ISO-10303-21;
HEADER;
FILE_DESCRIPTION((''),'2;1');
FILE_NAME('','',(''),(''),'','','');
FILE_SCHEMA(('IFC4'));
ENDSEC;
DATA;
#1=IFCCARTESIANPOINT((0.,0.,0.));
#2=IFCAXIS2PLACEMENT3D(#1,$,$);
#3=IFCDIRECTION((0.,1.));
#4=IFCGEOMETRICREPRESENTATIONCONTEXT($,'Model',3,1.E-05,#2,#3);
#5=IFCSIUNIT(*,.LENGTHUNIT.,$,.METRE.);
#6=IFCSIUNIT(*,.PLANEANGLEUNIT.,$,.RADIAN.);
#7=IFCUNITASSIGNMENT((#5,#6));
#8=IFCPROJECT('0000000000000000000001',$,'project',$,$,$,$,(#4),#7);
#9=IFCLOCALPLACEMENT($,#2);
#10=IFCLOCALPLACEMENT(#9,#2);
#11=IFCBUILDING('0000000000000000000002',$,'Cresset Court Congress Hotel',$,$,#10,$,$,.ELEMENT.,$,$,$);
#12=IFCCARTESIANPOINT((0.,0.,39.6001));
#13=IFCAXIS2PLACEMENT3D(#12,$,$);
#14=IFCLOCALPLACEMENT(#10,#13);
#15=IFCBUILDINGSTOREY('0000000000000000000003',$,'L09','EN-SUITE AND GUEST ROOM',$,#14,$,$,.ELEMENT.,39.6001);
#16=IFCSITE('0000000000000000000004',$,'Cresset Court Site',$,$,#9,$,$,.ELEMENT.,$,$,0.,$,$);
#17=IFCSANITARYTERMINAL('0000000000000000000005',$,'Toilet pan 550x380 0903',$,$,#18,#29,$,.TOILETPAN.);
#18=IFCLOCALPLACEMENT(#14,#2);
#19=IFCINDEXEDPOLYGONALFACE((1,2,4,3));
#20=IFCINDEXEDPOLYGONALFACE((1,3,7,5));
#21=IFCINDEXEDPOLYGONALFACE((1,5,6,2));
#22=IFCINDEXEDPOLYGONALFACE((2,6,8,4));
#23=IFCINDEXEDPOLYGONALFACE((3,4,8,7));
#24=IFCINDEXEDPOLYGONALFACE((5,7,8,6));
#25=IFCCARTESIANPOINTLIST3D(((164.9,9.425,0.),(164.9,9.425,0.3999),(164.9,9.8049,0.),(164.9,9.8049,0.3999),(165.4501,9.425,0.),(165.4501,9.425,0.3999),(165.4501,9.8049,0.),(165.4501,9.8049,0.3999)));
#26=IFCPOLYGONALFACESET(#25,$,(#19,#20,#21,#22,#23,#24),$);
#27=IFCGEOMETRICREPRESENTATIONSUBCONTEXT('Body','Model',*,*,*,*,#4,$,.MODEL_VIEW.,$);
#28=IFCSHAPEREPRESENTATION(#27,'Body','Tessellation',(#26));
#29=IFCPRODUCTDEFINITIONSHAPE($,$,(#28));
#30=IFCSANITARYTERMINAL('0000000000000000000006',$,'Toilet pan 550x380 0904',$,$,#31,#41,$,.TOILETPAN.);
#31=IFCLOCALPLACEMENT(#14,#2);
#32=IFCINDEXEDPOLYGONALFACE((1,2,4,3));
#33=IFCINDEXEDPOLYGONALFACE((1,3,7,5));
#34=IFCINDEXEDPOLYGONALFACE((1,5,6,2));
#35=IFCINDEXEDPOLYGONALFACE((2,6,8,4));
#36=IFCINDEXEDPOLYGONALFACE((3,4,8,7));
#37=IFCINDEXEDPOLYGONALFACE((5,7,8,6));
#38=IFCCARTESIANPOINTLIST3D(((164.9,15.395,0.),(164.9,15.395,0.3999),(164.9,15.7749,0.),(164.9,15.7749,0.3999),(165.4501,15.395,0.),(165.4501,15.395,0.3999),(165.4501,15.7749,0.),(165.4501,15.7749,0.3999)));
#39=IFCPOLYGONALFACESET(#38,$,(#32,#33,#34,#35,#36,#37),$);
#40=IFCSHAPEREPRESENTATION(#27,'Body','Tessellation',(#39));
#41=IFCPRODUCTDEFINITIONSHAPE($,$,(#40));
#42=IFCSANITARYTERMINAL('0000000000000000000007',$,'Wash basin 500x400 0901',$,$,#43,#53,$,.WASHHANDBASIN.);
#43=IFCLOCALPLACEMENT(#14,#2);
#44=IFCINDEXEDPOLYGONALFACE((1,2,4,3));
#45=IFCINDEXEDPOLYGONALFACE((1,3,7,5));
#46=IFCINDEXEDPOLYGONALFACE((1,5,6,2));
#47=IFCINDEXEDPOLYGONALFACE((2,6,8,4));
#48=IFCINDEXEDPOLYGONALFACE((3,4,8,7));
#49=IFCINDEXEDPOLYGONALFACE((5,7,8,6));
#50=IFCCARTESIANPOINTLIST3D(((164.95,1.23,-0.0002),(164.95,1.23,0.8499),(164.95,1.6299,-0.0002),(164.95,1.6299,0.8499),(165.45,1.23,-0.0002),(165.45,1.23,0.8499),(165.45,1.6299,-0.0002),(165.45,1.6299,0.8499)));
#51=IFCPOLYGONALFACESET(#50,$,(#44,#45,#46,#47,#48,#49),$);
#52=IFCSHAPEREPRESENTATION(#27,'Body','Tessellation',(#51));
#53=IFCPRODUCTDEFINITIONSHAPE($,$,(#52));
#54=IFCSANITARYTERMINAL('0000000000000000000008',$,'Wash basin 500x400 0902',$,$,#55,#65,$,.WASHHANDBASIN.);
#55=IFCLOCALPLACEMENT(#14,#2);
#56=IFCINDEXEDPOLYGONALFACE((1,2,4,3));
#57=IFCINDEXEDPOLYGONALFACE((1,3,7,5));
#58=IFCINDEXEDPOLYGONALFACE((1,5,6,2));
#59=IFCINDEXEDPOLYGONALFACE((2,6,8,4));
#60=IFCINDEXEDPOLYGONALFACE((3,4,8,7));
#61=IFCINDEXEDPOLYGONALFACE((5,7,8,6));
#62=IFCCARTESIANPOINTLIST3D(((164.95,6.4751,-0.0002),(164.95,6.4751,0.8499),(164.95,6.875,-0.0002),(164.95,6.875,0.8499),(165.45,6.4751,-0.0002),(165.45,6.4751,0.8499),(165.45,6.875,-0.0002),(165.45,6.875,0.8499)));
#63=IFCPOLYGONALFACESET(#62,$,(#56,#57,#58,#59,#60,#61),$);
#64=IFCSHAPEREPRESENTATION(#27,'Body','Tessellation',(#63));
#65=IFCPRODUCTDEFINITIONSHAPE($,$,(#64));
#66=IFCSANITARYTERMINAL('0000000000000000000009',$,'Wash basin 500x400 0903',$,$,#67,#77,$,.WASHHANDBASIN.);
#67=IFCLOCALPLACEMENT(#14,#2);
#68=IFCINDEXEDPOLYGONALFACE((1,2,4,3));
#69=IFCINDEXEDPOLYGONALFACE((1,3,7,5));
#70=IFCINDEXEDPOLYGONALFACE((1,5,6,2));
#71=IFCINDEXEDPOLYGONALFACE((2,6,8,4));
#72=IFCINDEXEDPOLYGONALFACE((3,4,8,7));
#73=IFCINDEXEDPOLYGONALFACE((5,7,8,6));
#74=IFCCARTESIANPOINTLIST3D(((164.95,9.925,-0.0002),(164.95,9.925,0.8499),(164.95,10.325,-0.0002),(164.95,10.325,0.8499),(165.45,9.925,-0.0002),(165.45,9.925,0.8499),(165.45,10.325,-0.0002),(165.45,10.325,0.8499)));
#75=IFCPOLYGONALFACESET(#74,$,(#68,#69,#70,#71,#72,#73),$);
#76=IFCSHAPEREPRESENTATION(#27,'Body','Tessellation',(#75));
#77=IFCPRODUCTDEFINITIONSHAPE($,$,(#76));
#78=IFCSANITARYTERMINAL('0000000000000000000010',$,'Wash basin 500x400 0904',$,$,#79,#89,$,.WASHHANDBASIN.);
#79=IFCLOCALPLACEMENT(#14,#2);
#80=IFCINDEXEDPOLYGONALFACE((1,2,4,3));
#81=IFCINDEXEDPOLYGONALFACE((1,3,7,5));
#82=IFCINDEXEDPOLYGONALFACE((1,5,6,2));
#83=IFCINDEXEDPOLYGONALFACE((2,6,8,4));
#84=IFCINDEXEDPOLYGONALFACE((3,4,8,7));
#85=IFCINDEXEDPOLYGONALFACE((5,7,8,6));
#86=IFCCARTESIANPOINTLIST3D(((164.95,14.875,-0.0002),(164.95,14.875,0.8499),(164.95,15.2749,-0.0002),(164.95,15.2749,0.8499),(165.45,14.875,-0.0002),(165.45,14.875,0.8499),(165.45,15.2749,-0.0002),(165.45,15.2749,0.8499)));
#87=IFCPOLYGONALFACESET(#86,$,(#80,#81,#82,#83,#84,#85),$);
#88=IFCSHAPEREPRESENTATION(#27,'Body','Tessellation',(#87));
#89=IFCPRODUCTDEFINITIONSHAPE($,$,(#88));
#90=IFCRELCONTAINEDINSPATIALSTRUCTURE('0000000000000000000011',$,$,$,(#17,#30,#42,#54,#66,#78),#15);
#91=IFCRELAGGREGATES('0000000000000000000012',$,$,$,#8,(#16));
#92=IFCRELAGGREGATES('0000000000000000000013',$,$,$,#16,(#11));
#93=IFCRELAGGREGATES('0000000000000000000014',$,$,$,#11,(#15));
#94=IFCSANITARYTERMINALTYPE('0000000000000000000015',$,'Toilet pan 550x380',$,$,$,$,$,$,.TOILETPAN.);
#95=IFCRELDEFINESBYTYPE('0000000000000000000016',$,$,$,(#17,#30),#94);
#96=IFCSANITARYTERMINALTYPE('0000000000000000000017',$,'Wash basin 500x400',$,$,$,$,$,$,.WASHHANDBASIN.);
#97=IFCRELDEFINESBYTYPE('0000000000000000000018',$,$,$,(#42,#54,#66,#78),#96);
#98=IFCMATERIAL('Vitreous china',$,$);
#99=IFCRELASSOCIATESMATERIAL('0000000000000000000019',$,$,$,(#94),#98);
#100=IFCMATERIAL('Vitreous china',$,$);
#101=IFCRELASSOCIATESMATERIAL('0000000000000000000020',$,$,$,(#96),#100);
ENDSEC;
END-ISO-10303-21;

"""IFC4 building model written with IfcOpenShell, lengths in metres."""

from ifc_helpers import new_model, si_unit, direction, frame, origin, origin_2d, place, context, subcontext, project, spatial, rectangle, extrude, material, type_object, element, save


model = new_model("IFC4")

# Units and contexts
model_context = context("Model", 3, precision=1e-05, world=origin(), true_north=direction((0.0, 1.0)))
body_context = subcontext(model_context, "Body", "Model", "MODEL_VIEW")
ifc_project = project(units=[si_unit("LENGTHUNIT", "METRE"), si_unit("PLANEANGLEUNIT", "RADIAN")], contexts=[model_context])

# Site, building, storey
site_placement = place(None, origin())
site = spatial("IfcSite", under=ifc_project, at=site_placement, Name="Cresset Court Site", CompositionType="ELEMENT", RefElevation=0.0)
building_placement = place(site_placement, origin())
building = spatial("IfcBuilding", under=site, at=building_placement, Name="Cresset Court Congress Hotel", CompositionType="ELEMENT")
storey_placement = place(building_placement, frame((0.0, 0.0, 39.6001)))
storey = spatial("IfcBuildingStorey", under=building, at=storey_placement, Name="L09", Description="EN-SUITE AND GUEST ROOM", CompositionType="ELEMENT", Elevation=39.6001)

# Sanitary terminals
ifc_material_1 = material(Name="Vitreous china")
sanitary_terminal_type_1 = type_object("IfcSanitaryTerminalType", Name="Toilet pan 550x380", PredefinedType="TOILETPAN", material=ifc_material_1)
for number, where, z_axis, x_axis, name in (
    (1, (165.175, 9.615, 0.0), (0.0, 0.0, 1.0), (1.0, 0.0, 0.0), "Toilet pan 550x380 0903"),
    (2, (165.175, 15.585, 0.0), (0.0, 0.0, 1.0), (1.0, 0.0, 0.0), "Toilet pan 550x380 0904"),
):
    element("IfcSanitaryTerminal", number, at=place(storey_placement, frame(where, z_axis=z_axis, x_axis=x_axis)), inside=storey, type_object=sanitary_terminal_type_1, Name=name, PredefinedType="TOILETPAN", context=body_context, shape_type="SweptSolid", body=[
        extrude(rectangle(XDim=0.55, YDim=0.3799, at=origin_2d()), origin(), (0.0, 0.0, 1.0), 0.3999),
    ])
ifc_material_2 = material(Name="Vitreous china")
sanitary_terminal_type_2 = type_object("IfcSanitaryTerminalType", Name="Wash basin 500x400", PredefinedType="WASHHANDBASIN", material=ifc_material_2)
for number, where, z_axis, x_axis, name in (
    (3, (165.2, 1.4299, -0.0002), (0.0, 0.0, 1.0), (1.0, 0.0, 0.0), "Wash basin 500x400 0901"),
    (4, (165.2, 6.675, -0.0002), (0.0, 0.0, 1.0), (1.0, 0.0, 0.0), "Wash basin 500x400 0902"),
    (5, (165.2, 10.125, -0.0002), (0.0, 0.0, 1.0), (1.0, 0.0, 0.0), "Wash basin 500x400 0903"),
    (6, (165.2, 15.075, -0.0002), (0.0, 0.0, 1.0), (1.0, 0.0, 0.0), "Wash basin 500x400 0904"),
):
    element("IfcSanitaryTerminal", number, at=place(storey_placement, frame(where, z_axis=z_axis, x_axis=x_axis)), inside=storey, type_object=sanitary_terminal_type_2, Name=name, PredefinedType="WASHHANDBASIN", context=body_context, shape_type="SweptSolid", body=[
        extrude(rectangle(XDim=0.5, YDim=0.3999, at=origin_2d()), origin(), (0.0, 0.0, 1.0), 0.8501),
    ])

save(model, "model.ifc")
